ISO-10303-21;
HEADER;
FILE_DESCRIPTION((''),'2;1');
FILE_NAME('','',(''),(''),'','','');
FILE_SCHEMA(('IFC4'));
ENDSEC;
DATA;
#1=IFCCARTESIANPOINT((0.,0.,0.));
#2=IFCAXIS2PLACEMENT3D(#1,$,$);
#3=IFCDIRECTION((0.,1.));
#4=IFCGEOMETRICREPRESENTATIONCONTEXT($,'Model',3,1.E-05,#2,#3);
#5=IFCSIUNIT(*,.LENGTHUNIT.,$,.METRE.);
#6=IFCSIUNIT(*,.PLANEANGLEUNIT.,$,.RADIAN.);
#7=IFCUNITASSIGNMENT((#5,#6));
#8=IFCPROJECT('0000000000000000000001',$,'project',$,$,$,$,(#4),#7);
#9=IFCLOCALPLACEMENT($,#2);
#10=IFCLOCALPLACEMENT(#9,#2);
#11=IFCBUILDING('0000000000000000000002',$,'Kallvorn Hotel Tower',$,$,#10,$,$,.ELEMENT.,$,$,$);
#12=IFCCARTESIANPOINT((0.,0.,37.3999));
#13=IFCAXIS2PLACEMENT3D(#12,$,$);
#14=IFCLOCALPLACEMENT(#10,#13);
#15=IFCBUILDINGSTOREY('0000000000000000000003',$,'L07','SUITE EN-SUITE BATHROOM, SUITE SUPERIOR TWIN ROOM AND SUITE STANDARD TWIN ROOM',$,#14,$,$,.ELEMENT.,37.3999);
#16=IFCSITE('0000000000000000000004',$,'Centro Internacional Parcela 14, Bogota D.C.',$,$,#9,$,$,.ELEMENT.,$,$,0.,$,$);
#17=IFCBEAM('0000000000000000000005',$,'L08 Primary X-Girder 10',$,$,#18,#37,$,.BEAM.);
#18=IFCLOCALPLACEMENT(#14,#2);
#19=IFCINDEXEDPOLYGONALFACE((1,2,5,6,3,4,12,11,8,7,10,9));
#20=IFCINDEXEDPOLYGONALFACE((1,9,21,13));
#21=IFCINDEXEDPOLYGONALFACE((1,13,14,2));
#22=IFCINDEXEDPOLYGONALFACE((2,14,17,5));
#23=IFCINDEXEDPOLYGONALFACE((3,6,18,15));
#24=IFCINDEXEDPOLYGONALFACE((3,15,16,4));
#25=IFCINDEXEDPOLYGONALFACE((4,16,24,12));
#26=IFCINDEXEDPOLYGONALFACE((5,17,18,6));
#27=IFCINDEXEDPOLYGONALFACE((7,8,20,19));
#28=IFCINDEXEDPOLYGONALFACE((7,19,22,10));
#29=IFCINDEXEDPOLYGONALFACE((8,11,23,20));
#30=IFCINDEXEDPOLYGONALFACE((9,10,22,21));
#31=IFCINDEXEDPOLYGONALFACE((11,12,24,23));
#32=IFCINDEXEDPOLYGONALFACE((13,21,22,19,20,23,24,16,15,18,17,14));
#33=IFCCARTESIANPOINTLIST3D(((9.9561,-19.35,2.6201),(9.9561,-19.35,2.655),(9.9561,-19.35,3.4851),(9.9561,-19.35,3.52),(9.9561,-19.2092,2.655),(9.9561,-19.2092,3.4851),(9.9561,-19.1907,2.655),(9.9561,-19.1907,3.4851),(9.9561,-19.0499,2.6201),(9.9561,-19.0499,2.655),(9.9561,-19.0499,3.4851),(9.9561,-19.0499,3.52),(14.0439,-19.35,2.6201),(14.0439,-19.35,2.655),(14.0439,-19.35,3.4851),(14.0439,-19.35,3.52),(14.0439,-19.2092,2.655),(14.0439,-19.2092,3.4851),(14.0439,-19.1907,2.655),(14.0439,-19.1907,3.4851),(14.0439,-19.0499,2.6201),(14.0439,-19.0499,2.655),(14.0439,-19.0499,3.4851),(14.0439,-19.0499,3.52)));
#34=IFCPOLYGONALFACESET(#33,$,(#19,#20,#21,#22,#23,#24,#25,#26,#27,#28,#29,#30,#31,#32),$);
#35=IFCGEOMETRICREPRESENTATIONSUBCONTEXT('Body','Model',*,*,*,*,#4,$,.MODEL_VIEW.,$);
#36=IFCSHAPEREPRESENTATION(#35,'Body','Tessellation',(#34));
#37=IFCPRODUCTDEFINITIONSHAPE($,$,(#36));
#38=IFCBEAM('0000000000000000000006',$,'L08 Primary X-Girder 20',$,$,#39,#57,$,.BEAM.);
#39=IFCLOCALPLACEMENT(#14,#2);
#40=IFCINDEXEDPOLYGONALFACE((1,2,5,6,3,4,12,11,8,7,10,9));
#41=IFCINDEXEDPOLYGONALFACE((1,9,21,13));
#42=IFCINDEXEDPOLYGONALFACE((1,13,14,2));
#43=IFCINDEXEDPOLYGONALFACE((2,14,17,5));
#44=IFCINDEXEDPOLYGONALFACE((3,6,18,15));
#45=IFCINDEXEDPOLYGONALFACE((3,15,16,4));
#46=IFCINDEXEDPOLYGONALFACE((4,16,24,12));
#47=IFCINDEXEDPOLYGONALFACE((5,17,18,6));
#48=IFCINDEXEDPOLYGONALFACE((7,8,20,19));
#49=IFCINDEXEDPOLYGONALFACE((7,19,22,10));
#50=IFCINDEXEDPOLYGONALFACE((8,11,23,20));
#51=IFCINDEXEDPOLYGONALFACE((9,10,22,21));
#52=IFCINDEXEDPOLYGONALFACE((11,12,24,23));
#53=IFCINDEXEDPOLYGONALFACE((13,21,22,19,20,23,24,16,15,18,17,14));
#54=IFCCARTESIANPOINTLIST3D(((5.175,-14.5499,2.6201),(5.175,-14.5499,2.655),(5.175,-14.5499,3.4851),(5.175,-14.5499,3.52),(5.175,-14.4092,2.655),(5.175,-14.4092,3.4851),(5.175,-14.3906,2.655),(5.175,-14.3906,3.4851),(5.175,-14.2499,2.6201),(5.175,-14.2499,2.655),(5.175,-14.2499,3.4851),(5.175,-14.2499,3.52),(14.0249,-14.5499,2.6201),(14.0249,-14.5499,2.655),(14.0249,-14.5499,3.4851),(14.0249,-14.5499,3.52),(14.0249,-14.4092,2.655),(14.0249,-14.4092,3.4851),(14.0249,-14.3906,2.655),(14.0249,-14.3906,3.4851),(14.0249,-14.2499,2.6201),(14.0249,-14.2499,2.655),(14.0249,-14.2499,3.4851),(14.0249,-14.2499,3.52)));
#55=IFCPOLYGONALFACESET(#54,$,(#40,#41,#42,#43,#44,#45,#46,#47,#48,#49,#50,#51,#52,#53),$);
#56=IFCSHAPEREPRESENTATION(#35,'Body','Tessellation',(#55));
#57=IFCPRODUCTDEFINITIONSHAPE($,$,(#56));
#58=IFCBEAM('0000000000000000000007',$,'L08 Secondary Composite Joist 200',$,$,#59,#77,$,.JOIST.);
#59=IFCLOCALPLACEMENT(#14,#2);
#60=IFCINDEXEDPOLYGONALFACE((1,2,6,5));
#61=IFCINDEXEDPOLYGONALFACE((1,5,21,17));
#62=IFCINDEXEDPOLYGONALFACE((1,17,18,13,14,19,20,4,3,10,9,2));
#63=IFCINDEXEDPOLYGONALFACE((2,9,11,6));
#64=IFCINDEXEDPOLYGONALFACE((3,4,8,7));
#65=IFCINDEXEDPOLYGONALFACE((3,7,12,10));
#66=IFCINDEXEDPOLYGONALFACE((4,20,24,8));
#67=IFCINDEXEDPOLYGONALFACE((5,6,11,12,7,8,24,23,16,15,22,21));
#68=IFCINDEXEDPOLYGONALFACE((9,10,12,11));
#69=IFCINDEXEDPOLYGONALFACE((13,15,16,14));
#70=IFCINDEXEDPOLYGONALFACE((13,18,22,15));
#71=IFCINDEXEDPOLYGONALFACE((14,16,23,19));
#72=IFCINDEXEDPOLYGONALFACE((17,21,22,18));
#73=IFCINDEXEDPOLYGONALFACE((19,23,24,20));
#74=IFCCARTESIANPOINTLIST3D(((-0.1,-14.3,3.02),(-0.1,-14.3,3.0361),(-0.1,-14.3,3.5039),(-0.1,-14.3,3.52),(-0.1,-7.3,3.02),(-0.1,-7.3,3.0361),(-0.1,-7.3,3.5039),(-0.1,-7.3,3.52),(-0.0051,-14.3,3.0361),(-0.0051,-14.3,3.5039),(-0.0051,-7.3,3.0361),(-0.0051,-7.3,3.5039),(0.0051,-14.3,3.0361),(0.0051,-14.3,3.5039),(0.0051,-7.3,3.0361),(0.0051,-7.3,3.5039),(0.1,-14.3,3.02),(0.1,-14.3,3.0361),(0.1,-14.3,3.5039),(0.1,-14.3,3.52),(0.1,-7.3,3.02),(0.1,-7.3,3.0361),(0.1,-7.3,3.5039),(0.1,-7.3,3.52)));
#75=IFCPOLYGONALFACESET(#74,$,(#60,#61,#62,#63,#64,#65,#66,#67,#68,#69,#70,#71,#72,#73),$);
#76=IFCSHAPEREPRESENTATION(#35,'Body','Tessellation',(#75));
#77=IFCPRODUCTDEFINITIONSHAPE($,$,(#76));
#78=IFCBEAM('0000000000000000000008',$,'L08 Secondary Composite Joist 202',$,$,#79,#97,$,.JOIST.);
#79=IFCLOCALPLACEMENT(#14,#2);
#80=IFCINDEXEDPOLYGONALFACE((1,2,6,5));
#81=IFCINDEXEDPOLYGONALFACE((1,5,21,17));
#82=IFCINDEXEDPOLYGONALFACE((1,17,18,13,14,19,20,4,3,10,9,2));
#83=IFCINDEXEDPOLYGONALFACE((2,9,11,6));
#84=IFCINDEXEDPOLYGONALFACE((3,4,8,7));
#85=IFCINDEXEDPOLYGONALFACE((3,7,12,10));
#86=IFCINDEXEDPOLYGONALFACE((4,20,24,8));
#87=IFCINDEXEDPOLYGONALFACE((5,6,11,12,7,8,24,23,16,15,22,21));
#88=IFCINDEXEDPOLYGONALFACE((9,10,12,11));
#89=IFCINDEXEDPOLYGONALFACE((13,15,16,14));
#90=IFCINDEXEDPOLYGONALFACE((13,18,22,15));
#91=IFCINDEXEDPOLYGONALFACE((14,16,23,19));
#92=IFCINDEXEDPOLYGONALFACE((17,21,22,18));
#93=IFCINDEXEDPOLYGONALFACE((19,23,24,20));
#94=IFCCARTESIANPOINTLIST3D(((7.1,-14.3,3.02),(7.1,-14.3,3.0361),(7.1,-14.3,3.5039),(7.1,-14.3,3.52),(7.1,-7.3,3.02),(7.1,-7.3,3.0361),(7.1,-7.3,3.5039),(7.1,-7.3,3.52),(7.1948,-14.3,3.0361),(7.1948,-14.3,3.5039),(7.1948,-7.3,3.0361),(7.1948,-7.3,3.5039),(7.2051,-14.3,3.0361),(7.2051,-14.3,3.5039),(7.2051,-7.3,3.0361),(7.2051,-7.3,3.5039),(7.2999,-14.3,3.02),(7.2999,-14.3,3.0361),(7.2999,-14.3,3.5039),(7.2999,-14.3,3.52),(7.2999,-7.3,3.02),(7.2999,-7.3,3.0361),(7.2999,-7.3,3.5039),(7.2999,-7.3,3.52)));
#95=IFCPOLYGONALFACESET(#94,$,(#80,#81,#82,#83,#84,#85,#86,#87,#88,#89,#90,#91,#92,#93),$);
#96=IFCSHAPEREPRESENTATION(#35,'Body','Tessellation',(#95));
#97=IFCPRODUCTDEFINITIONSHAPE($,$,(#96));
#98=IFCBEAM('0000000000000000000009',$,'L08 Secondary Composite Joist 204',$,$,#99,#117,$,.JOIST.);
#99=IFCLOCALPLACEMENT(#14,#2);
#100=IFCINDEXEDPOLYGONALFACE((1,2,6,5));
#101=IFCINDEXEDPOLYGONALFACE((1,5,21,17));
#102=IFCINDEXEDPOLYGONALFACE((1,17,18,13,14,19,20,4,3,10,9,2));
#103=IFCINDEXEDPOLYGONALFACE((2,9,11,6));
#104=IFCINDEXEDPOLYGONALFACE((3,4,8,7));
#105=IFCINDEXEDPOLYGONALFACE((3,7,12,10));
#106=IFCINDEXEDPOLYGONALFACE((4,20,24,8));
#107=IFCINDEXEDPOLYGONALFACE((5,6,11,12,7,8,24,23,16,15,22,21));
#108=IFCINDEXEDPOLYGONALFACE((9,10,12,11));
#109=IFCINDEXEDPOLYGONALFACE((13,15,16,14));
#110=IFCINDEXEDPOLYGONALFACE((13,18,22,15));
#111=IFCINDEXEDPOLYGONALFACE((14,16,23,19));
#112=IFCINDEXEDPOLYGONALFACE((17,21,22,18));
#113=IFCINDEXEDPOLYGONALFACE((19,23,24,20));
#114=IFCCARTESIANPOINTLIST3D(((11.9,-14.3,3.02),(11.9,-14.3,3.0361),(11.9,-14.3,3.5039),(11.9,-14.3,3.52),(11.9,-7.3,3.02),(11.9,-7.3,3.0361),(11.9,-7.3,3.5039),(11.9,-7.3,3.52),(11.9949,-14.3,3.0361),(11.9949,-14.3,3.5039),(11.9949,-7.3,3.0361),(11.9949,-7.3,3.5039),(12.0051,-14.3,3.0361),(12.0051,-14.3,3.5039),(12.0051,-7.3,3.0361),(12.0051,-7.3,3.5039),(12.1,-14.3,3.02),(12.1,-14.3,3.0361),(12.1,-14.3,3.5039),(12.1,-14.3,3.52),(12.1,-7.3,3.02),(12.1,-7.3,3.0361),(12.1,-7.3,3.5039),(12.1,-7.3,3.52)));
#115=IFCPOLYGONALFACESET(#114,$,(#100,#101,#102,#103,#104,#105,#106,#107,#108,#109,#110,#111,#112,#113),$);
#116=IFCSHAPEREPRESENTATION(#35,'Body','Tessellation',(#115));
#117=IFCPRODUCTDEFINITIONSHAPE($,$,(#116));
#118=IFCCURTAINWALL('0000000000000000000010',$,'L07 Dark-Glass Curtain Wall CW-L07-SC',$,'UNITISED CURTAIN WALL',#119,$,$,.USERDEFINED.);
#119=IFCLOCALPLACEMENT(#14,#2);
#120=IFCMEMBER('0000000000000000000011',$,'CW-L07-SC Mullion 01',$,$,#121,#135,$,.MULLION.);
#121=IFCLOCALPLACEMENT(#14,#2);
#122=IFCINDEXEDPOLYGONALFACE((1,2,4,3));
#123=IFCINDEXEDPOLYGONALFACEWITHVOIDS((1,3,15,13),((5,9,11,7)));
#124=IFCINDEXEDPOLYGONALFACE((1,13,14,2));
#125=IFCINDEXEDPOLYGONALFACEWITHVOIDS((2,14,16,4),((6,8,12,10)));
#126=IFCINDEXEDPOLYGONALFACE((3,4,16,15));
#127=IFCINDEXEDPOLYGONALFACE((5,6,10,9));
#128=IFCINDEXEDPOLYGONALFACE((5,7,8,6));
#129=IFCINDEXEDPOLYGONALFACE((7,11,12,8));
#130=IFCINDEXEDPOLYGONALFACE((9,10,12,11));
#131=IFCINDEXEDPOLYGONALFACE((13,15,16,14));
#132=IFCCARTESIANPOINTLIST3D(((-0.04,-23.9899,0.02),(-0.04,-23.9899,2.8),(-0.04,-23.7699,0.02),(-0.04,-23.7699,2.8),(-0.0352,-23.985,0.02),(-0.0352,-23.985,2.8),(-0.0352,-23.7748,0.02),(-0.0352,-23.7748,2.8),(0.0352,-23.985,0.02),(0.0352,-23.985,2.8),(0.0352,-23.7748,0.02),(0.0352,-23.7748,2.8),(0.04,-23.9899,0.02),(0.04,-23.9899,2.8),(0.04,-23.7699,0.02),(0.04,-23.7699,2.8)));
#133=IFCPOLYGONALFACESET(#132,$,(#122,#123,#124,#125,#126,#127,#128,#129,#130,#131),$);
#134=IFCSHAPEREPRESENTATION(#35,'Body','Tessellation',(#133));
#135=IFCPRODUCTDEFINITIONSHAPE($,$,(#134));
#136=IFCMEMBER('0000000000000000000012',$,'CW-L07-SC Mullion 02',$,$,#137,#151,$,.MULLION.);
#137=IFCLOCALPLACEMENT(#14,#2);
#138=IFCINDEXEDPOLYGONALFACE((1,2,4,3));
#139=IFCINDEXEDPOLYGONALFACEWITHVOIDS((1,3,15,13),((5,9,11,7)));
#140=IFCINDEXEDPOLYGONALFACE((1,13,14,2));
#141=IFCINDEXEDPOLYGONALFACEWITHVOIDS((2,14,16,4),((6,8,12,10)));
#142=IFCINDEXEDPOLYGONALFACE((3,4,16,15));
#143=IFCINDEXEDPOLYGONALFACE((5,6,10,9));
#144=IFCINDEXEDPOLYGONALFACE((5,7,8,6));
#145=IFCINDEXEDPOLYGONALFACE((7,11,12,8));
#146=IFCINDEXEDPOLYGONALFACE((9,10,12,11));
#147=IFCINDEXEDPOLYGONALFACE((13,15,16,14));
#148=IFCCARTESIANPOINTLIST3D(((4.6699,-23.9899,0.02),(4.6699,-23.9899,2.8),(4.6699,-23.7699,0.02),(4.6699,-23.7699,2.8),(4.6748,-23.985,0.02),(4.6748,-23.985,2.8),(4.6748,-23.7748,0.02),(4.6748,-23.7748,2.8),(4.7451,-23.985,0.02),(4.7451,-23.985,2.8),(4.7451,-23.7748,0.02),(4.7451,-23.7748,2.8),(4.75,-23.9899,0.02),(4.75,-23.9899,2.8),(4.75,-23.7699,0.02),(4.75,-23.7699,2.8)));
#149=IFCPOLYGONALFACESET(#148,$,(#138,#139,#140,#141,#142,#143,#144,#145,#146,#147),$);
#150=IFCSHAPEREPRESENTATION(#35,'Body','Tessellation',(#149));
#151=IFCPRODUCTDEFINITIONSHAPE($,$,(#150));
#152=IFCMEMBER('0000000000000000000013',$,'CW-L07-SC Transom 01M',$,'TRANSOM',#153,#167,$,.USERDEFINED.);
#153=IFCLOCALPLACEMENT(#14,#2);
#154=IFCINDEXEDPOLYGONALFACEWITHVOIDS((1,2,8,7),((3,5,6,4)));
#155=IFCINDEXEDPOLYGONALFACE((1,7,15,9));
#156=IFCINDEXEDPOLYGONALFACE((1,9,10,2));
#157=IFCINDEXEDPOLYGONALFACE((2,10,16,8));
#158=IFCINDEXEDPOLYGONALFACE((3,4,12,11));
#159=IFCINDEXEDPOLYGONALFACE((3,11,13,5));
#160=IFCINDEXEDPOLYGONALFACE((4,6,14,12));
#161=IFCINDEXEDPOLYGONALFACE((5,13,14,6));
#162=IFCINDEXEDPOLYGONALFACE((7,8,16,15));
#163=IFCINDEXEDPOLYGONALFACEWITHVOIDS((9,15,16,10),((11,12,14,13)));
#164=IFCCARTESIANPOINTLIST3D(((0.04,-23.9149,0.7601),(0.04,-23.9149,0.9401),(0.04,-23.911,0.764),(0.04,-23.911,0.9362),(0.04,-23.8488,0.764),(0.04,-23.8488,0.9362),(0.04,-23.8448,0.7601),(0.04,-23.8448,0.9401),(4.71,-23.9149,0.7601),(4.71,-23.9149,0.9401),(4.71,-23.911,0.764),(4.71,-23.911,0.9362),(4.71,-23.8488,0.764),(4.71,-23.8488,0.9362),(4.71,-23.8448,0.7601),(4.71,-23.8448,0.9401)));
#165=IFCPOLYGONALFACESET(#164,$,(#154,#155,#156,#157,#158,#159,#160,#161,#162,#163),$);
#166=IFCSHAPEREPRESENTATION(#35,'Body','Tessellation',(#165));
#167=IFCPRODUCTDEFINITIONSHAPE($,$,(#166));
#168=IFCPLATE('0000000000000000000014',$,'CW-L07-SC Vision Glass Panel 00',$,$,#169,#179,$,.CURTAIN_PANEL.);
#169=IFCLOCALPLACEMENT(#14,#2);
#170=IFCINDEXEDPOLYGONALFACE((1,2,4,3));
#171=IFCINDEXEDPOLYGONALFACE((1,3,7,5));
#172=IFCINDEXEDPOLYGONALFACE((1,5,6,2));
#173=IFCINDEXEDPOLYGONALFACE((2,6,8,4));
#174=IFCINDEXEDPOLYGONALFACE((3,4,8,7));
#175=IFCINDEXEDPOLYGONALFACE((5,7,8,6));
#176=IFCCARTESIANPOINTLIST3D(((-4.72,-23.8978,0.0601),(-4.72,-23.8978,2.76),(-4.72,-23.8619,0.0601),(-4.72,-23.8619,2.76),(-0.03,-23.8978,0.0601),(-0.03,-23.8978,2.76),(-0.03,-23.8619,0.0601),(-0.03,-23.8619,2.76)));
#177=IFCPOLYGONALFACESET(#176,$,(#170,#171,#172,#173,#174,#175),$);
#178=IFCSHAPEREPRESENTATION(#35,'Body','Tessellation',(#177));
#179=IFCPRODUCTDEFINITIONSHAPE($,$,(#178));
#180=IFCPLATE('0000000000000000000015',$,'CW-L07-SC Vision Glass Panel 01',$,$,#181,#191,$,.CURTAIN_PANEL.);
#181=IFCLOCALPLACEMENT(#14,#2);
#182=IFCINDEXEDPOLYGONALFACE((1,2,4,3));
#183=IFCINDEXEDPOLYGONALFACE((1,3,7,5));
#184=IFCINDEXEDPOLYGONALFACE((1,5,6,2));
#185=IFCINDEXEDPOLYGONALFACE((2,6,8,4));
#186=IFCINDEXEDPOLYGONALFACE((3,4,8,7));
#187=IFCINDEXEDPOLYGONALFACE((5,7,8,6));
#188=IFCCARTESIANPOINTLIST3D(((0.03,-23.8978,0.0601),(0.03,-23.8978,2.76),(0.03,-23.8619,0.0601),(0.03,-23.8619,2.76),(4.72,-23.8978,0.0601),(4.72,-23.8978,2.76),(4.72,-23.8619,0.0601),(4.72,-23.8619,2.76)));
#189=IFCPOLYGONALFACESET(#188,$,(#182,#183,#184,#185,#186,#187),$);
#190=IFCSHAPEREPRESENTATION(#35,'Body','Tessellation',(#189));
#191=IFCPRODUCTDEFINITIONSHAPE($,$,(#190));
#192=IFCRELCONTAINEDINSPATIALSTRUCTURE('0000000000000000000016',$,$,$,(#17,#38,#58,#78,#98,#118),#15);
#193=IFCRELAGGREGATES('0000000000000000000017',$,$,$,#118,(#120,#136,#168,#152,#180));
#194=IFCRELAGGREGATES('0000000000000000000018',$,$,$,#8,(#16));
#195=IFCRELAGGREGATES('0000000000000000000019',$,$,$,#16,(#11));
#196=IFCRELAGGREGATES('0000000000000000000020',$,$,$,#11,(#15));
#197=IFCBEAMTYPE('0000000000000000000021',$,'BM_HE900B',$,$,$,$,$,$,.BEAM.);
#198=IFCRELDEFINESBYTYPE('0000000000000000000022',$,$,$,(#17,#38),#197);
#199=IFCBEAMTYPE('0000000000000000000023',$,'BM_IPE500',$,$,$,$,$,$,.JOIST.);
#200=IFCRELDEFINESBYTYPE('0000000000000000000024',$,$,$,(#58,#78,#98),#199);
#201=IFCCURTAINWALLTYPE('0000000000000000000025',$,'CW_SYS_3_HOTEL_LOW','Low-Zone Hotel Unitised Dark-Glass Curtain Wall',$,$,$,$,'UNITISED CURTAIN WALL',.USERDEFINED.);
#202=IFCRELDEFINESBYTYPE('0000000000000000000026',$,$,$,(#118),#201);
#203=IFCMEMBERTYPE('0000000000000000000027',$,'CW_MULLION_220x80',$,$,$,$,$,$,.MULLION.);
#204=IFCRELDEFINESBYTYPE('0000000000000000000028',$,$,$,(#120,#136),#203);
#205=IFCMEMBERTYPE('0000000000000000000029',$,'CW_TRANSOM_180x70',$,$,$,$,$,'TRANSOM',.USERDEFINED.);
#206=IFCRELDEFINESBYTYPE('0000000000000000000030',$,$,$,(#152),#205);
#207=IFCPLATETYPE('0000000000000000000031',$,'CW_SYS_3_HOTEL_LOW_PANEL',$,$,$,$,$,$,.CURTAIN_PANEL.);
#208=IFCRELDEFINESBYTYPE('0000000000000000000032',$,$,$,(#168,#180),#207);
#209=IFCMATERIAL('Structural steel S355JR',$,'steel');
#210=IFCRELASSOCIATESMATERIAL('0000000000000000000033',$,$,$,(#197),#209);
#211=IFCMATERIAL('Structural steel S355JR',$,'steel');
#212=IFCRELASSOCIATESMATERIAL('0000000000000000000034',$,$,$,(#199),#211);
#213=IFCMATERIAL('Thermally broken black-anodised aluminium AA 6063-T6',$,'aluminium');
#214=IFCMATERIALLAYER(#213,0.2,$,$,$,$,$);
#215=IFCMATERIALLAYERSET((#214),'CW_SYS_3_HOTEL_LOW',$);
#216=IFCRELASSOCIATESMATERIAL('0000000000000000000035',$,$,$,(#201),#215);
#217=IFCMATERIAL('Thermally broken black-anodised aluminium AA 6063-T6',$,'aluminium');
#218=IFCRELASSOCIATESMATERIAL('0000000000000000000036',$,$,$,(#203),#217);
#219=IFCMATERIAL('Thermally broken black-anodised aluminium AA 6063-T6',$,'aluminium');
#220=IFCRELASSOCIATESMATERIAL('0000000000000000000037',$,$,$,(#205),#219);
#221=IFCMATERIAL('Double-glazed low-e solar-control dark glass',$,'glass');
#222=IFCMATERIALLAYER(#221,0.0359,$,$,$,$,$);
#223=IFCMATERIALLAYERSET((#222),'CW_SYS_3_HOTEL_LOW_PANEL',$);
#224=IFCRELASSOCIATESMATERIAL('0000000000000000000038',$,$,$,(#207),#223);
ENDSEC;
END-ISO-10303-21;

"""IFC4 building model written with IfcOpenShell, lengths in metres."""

from ifc_helpers import new_model, si_unit, direction, frame, origin, origin_2d, place, context, subcontext, project, spatial, rectangle, hollow_rectangle, i_section, extrude, material, layer, layer_set, material_profile, profile_set, type_object, element, aggregate, save


model = new_model("IFC4")

# Units and contexts
model_context = context("Model", 3, precision=1e-05, world=origin(), true_north=direction((0.0, 1.0)))
body_context = subcontext(model_context, "Body", "Model", "MODEL_VIEW")
ifc_project = project(units=[si_unit("LENGTHUNIT", "METRE"), si_unit("PLANEANGLEUNIT", "RADIAN")], contexts=[model_context])

# Site, building, storey
site_placement = place(None, origin())
site = spatial("IfcSite", under=ifc_project, at=site_placement, Name="Centro Internacional Parcela 14, Bogota D.C.", CompositionType="ELEMENT", RefElevation=0.0)
building_placement = place(site_placement, origin())
building = spatial("IfcBuilding", under=site, at=building_placement, Name="Kallvorn Hotel Tower", CompositionType="ELEMENT")
storey_placement = place(building_placement, frame((0.0, 0.0, 37.3999)))
storey = spatial("IfcBuildingStorey", under=building, at=storey_placement, Name="L07", Description="SUITE EN-SUITE BATHROOM, SUITE SUPERIOR TWIN ROOM AND SUITE STANDARD TWIN ROOM", CompositionType="ELEMENT", Elevation=37.3999)

# Beams
ifc_material_1 = material(Name="Structural steel S355JR", Category="steel")
ifc_material_profile_1 = material_profile(ifc_material_1, i_section(OverallWidth=0.3, OverallDepth=0.8999, WebThickness=0.0186, FlangeThickness=0.0349, at=origin_2d()), Name="HE 900 B")
ifc_profile_set_1 = profile_set([ifc_material_profile_1], Name="Structural steel S355JR")
beam_type_1 = type_object("IfcBeamType", Name="BM_HE900B", PredefinedType="BEAM", material=ifc_profile_set_1)
for number, where, z_axis, x_axis, name in (
    (1, (9.9561, -19.2, 3.0701), (1.0, 0.0, 0.0), (0.0, 1.0, 0.0), "L08 Primary X-Girder 10"),
):
    element("IfcBeam", number, at=place(storey_placement, frame(where, z_axis=z_axis, x_axis=x_axis)), inside=storey, type_object=beam_type_1, Name=name, PredefinedType="BEAM", context=body_context, shape_type="SweptSolid", body=[
        extrude(i_section(OverallWidth=0.3, OverallDepth=0.8999, WebThickness=0.0186, FlangeThickness=0.0349, at=origin_2d()), origin(), (0.0, 0.0, 1.0), 4.0879),
    ])
beam_1_placement = place(storey_placement, frame((5.175, -14.3999, 3.0701), z_axis=(1.0, 0.0, 0.0), x_axis=(0.0, 1.0, 0.0)))
element("IfcBeam", 2, at=beam_1_placement, inside=storey, type_object=beam_type_1, Name="L08 Primary X-Girder 20", PredefinedType="BEAM", context=body_context, shape_type="SweptSolid", body=[
    extrude(i_section(OverallWidth=0.3, OverallDepth=0.8999, WebThickness=0.0186, FlangeThickness=0.0349, at=origin_2d()), origin(), (0.0, 0.0, 1.0), 8.8499),
])
ifc_material_2 = material(Name="Structural steel S355JR", Category="steel")
ifc_material_profile_2 = material_profile(ifc_material_2, i_section(OverallWidth=0.2, OverallDepth=0.5, WebThickness=0.0103, FlangeThickness=0.0161, at=origin_2d()), Name="IPE 500")
ifc_profile_set_2 = profile_set([ifc_material_profile_2], Name="Structural steel S355JR")
beam_type_2 = type_object("IfcBeamType", Name="BM_IPE500", PredefinedType="JOIST", material=ifc_profile_set_2)
for number, where, z_axis, x_axis, name in (
    (3, (0.0, -14.3, 3.27), (0.0, 1.0, 0.0), (-1.0, 0.0, 0.0), "L08 Secondary Composite Joist 200"),
    (4, (7.2, -14.3, 3.27), (0.0, 1.0, 0.0), (-1.0, 0.0, 0.0), "L08 Secondary Composite Joist 202"),
    (5, (12.0, -14.3, 3.27), (0.0, 1.0, 0.0), (-1.0, 0.0, 0.0), "L08 Secondary Composite Joist 204"),
):
    element("IfcBeam", number, at=place(storey_placement, frame(where, z_axis=z_axis, x_axis=x_axis)), inside=storey, type_object=beam_type_2, Name=name, PredefinedType="JOIST", context=body_context, shape_type="SweptSolid", body=[
        extrude(i_section(OverallWidth=0.2, OverallDepth=0.5, WebThickness=0.0103, FlangeThickness=0.0161, at=origin_2d()), origin(), (0.0, 0.0, 1.0), 7.0),
    ])

# Curtain wall, members, plates
ifc_material_3 = material(Name="Thermally broken black-anodised aluminium AA 6063-T6", Category="aluminium")
ifc_layer_1 = layer(ifc_material_3, 0.2)
ifc_layer_set_1 = layer_set([ifc_layer_1], Name="CW_SYS_3_HOTEL_LOW")
curtain_wall_type = type_object("IfcCurtainWallType", Name="CW_SYS_3_HOTEL_LOW", Description="Low-Zone Hotel Unitised Dark-Glass Curtain Wall", ElementType="UNITISED CURTAIN WALL", PredefinedType="USERDEFINED", material=ifc_layer_set_1)
curtain_wall_placement = place(storey_placement, origin())
curtain_wall = element("IfcCurtainWall", 6, at=curtain_wall_placement, inside=storey, type_object=curtain_wall_type, Name="L07 Dark-Glass Curtain Wall CW-L07-SC", ObjectType="UNITISED CURTAIN WALL", PredefinedType="USERDEFINED")
ifc_material_4 = material(Name="Thermally broken black-anodised aluminium AA 6063-T6", Category="aluminium")
ifc_material_profile_3 = material_profile(ifc_material_4, hollow_rectangle(XDim=0.0801, YDim=0.22, WallThickness=0.0049, at=origin_2d()), Name="MUL 220x80")
ifc_profile_set_3 = profile_set([ifc_material_profile_3], Name="Thermally broken black-anodised aluminium AA 6063-T6")
member_type_1 = type_object("IfcMemberType", Name="CW_MULLION_220x80", PredefinedType="MULLION", material=ifc_profile_set_3)
member_1_placement = place(storey_placement, frame((0.0, -23.8799, 0.02), z_axis=(0.0, 0.0, 1.0), x_axis=(1.0, 0.0, 0.0)))
member_1 = element("IfcMember", 7, at=member_1_placement, type_object=member_type_1, Name="CW-L07-SC Mullion 01", PredefinedType="MULLION", context=body_context, shape_type="SweptSolid", body=[
    extrude(hollow_rectangle(XDim=0.0801, YDim=0.22, WallThickness=0.0049, at=origin_2d()), origin(), (0.0, 0.0, 1.0), 2.78),
])
member_2_placement = place(storey_placement, frame((4.71, -23.8799, 0.02), z_axis=(0.0, 0.0, 1.0), x_axis=(1.0, 0.0, 0.0)))
member_2 = element("IfcMember", 8, at=member_2_placement, type_object=member_type_1, Name="CW-L07-SC Mullion 02", PredefinedType="MULLION", context=body_context, shape_type="SweptSolid", body=[
    extrude(hollow_rectangle(XDim=0.0801, YDim=0.22, WallThickness=0.0049, at=origin_2d()), origin(), (0.0, 0.0, 1.0), 2.78),
])
ifc_material_5 = material(Name="Thermally broken black-anodised aluminium AA 6063-T6", Category="aluminium")
ifc_material_profile_4 = material_profile(ifc_material_5, hollow_rectangle(XDim=0.0701, YDim=0.1799, WallThickness=0.0039, at=origin_2d()), Name="TRN 180x70")
ifc_profile_set_4 = profile_set([ifc_material_profile_4], Name="Thermally broken black-anodised aluminium AA 6063-T6")
member_type_2 = type_object("IfcMemberType", Name="CW_TRANSOM_180x70", ElementType="TRANSOM", PredefinedType="USERDEFINED", material=ifc_profile_set_4)
member_3_placement = place(storey_placement, frame((0.04, -23.8799, 0.8501), z_axis=(1.0, 0.0, 0.0), x_axis=(0.0, 1.0, 0.0)))
member_3 = element("IfcMember", 9, at=member_3_placement, type_object=member_type_2, Name="CW-L07-SC Transom 01M", ObjectType="TRANSOM", PredefinedType="USERDEFINED", context=body_context, shape_type="SweptSolid", body=[
    extrude(hollow_rectangle(XDim=0.0701, YDim=0.1799, WallThickness=0.0039, at=origin_2d()), origin(), (0.0, 0.0, 1.0), 4.6699),
])
ifc_material_6 = material(Name="Double-glazed low-e solar-control dark glass", Category="glass")
ifc_layer_2 = layer(ifc_material_6, 0.0359)
ifc_layer_set_2 = layer_set([ifc_layer_2], Name="CW_SYS_3_HOTEL_LOW_PANEL")
plate_type = type_object("IfcPlateType", Name="CW_SYS_3_HOTEL_LOW_PANEL", PredefinedType="CURTAIN_PANEL", material=ifc_layer_set_2)
plate_1_placement = place(storey_placement, frame((-2.375, -23.8799, 0.0601), z_axis=(0.0, 0.0, 1.0), x_axis=(1.0, 0.0, 0.0)))
plate_1 = element("IfcPlate", 10, at=plate_1_placement, type_object=plate_type, Name="CW-L07-SC Vision Glass Panel 00", PredefinedType="CURTAIN_PANEL", context=body_context, shape_type="SweptSolid", body=[
    extrude(rectangle(XDim=4.6899, YDim=0.0359, at=origin_2d()), origin(), (0.0, 0.0, 1.0), 2.7),
])
plate_2_placement = place(storey_placement, frame((2.375, -23.8799, 0.0601), z_axis=(0.0, 0.0, 1.0), x_axis=(1.0, 0.0, 0.0)))
plate_2 = element("IfcPlate", 11, at=plate_2_placement, type_object=plate_type, Name="CW-L07-SC Vision Glass Panel 01", PredefinedType="CURTAIN_PANEL", context=body_context, shape_type="SweptSolid", body=[
    extrude(rectangle(XDim=4.6899, YDim=0.0359, at=origin_2d()), origin(), (0.0, 0.0, 1.0), 2.7),
])
aggregate(curtain_wall, [member_1, member_2, plate_1, member_3, plate_2])

save(model, "model.ifc")
